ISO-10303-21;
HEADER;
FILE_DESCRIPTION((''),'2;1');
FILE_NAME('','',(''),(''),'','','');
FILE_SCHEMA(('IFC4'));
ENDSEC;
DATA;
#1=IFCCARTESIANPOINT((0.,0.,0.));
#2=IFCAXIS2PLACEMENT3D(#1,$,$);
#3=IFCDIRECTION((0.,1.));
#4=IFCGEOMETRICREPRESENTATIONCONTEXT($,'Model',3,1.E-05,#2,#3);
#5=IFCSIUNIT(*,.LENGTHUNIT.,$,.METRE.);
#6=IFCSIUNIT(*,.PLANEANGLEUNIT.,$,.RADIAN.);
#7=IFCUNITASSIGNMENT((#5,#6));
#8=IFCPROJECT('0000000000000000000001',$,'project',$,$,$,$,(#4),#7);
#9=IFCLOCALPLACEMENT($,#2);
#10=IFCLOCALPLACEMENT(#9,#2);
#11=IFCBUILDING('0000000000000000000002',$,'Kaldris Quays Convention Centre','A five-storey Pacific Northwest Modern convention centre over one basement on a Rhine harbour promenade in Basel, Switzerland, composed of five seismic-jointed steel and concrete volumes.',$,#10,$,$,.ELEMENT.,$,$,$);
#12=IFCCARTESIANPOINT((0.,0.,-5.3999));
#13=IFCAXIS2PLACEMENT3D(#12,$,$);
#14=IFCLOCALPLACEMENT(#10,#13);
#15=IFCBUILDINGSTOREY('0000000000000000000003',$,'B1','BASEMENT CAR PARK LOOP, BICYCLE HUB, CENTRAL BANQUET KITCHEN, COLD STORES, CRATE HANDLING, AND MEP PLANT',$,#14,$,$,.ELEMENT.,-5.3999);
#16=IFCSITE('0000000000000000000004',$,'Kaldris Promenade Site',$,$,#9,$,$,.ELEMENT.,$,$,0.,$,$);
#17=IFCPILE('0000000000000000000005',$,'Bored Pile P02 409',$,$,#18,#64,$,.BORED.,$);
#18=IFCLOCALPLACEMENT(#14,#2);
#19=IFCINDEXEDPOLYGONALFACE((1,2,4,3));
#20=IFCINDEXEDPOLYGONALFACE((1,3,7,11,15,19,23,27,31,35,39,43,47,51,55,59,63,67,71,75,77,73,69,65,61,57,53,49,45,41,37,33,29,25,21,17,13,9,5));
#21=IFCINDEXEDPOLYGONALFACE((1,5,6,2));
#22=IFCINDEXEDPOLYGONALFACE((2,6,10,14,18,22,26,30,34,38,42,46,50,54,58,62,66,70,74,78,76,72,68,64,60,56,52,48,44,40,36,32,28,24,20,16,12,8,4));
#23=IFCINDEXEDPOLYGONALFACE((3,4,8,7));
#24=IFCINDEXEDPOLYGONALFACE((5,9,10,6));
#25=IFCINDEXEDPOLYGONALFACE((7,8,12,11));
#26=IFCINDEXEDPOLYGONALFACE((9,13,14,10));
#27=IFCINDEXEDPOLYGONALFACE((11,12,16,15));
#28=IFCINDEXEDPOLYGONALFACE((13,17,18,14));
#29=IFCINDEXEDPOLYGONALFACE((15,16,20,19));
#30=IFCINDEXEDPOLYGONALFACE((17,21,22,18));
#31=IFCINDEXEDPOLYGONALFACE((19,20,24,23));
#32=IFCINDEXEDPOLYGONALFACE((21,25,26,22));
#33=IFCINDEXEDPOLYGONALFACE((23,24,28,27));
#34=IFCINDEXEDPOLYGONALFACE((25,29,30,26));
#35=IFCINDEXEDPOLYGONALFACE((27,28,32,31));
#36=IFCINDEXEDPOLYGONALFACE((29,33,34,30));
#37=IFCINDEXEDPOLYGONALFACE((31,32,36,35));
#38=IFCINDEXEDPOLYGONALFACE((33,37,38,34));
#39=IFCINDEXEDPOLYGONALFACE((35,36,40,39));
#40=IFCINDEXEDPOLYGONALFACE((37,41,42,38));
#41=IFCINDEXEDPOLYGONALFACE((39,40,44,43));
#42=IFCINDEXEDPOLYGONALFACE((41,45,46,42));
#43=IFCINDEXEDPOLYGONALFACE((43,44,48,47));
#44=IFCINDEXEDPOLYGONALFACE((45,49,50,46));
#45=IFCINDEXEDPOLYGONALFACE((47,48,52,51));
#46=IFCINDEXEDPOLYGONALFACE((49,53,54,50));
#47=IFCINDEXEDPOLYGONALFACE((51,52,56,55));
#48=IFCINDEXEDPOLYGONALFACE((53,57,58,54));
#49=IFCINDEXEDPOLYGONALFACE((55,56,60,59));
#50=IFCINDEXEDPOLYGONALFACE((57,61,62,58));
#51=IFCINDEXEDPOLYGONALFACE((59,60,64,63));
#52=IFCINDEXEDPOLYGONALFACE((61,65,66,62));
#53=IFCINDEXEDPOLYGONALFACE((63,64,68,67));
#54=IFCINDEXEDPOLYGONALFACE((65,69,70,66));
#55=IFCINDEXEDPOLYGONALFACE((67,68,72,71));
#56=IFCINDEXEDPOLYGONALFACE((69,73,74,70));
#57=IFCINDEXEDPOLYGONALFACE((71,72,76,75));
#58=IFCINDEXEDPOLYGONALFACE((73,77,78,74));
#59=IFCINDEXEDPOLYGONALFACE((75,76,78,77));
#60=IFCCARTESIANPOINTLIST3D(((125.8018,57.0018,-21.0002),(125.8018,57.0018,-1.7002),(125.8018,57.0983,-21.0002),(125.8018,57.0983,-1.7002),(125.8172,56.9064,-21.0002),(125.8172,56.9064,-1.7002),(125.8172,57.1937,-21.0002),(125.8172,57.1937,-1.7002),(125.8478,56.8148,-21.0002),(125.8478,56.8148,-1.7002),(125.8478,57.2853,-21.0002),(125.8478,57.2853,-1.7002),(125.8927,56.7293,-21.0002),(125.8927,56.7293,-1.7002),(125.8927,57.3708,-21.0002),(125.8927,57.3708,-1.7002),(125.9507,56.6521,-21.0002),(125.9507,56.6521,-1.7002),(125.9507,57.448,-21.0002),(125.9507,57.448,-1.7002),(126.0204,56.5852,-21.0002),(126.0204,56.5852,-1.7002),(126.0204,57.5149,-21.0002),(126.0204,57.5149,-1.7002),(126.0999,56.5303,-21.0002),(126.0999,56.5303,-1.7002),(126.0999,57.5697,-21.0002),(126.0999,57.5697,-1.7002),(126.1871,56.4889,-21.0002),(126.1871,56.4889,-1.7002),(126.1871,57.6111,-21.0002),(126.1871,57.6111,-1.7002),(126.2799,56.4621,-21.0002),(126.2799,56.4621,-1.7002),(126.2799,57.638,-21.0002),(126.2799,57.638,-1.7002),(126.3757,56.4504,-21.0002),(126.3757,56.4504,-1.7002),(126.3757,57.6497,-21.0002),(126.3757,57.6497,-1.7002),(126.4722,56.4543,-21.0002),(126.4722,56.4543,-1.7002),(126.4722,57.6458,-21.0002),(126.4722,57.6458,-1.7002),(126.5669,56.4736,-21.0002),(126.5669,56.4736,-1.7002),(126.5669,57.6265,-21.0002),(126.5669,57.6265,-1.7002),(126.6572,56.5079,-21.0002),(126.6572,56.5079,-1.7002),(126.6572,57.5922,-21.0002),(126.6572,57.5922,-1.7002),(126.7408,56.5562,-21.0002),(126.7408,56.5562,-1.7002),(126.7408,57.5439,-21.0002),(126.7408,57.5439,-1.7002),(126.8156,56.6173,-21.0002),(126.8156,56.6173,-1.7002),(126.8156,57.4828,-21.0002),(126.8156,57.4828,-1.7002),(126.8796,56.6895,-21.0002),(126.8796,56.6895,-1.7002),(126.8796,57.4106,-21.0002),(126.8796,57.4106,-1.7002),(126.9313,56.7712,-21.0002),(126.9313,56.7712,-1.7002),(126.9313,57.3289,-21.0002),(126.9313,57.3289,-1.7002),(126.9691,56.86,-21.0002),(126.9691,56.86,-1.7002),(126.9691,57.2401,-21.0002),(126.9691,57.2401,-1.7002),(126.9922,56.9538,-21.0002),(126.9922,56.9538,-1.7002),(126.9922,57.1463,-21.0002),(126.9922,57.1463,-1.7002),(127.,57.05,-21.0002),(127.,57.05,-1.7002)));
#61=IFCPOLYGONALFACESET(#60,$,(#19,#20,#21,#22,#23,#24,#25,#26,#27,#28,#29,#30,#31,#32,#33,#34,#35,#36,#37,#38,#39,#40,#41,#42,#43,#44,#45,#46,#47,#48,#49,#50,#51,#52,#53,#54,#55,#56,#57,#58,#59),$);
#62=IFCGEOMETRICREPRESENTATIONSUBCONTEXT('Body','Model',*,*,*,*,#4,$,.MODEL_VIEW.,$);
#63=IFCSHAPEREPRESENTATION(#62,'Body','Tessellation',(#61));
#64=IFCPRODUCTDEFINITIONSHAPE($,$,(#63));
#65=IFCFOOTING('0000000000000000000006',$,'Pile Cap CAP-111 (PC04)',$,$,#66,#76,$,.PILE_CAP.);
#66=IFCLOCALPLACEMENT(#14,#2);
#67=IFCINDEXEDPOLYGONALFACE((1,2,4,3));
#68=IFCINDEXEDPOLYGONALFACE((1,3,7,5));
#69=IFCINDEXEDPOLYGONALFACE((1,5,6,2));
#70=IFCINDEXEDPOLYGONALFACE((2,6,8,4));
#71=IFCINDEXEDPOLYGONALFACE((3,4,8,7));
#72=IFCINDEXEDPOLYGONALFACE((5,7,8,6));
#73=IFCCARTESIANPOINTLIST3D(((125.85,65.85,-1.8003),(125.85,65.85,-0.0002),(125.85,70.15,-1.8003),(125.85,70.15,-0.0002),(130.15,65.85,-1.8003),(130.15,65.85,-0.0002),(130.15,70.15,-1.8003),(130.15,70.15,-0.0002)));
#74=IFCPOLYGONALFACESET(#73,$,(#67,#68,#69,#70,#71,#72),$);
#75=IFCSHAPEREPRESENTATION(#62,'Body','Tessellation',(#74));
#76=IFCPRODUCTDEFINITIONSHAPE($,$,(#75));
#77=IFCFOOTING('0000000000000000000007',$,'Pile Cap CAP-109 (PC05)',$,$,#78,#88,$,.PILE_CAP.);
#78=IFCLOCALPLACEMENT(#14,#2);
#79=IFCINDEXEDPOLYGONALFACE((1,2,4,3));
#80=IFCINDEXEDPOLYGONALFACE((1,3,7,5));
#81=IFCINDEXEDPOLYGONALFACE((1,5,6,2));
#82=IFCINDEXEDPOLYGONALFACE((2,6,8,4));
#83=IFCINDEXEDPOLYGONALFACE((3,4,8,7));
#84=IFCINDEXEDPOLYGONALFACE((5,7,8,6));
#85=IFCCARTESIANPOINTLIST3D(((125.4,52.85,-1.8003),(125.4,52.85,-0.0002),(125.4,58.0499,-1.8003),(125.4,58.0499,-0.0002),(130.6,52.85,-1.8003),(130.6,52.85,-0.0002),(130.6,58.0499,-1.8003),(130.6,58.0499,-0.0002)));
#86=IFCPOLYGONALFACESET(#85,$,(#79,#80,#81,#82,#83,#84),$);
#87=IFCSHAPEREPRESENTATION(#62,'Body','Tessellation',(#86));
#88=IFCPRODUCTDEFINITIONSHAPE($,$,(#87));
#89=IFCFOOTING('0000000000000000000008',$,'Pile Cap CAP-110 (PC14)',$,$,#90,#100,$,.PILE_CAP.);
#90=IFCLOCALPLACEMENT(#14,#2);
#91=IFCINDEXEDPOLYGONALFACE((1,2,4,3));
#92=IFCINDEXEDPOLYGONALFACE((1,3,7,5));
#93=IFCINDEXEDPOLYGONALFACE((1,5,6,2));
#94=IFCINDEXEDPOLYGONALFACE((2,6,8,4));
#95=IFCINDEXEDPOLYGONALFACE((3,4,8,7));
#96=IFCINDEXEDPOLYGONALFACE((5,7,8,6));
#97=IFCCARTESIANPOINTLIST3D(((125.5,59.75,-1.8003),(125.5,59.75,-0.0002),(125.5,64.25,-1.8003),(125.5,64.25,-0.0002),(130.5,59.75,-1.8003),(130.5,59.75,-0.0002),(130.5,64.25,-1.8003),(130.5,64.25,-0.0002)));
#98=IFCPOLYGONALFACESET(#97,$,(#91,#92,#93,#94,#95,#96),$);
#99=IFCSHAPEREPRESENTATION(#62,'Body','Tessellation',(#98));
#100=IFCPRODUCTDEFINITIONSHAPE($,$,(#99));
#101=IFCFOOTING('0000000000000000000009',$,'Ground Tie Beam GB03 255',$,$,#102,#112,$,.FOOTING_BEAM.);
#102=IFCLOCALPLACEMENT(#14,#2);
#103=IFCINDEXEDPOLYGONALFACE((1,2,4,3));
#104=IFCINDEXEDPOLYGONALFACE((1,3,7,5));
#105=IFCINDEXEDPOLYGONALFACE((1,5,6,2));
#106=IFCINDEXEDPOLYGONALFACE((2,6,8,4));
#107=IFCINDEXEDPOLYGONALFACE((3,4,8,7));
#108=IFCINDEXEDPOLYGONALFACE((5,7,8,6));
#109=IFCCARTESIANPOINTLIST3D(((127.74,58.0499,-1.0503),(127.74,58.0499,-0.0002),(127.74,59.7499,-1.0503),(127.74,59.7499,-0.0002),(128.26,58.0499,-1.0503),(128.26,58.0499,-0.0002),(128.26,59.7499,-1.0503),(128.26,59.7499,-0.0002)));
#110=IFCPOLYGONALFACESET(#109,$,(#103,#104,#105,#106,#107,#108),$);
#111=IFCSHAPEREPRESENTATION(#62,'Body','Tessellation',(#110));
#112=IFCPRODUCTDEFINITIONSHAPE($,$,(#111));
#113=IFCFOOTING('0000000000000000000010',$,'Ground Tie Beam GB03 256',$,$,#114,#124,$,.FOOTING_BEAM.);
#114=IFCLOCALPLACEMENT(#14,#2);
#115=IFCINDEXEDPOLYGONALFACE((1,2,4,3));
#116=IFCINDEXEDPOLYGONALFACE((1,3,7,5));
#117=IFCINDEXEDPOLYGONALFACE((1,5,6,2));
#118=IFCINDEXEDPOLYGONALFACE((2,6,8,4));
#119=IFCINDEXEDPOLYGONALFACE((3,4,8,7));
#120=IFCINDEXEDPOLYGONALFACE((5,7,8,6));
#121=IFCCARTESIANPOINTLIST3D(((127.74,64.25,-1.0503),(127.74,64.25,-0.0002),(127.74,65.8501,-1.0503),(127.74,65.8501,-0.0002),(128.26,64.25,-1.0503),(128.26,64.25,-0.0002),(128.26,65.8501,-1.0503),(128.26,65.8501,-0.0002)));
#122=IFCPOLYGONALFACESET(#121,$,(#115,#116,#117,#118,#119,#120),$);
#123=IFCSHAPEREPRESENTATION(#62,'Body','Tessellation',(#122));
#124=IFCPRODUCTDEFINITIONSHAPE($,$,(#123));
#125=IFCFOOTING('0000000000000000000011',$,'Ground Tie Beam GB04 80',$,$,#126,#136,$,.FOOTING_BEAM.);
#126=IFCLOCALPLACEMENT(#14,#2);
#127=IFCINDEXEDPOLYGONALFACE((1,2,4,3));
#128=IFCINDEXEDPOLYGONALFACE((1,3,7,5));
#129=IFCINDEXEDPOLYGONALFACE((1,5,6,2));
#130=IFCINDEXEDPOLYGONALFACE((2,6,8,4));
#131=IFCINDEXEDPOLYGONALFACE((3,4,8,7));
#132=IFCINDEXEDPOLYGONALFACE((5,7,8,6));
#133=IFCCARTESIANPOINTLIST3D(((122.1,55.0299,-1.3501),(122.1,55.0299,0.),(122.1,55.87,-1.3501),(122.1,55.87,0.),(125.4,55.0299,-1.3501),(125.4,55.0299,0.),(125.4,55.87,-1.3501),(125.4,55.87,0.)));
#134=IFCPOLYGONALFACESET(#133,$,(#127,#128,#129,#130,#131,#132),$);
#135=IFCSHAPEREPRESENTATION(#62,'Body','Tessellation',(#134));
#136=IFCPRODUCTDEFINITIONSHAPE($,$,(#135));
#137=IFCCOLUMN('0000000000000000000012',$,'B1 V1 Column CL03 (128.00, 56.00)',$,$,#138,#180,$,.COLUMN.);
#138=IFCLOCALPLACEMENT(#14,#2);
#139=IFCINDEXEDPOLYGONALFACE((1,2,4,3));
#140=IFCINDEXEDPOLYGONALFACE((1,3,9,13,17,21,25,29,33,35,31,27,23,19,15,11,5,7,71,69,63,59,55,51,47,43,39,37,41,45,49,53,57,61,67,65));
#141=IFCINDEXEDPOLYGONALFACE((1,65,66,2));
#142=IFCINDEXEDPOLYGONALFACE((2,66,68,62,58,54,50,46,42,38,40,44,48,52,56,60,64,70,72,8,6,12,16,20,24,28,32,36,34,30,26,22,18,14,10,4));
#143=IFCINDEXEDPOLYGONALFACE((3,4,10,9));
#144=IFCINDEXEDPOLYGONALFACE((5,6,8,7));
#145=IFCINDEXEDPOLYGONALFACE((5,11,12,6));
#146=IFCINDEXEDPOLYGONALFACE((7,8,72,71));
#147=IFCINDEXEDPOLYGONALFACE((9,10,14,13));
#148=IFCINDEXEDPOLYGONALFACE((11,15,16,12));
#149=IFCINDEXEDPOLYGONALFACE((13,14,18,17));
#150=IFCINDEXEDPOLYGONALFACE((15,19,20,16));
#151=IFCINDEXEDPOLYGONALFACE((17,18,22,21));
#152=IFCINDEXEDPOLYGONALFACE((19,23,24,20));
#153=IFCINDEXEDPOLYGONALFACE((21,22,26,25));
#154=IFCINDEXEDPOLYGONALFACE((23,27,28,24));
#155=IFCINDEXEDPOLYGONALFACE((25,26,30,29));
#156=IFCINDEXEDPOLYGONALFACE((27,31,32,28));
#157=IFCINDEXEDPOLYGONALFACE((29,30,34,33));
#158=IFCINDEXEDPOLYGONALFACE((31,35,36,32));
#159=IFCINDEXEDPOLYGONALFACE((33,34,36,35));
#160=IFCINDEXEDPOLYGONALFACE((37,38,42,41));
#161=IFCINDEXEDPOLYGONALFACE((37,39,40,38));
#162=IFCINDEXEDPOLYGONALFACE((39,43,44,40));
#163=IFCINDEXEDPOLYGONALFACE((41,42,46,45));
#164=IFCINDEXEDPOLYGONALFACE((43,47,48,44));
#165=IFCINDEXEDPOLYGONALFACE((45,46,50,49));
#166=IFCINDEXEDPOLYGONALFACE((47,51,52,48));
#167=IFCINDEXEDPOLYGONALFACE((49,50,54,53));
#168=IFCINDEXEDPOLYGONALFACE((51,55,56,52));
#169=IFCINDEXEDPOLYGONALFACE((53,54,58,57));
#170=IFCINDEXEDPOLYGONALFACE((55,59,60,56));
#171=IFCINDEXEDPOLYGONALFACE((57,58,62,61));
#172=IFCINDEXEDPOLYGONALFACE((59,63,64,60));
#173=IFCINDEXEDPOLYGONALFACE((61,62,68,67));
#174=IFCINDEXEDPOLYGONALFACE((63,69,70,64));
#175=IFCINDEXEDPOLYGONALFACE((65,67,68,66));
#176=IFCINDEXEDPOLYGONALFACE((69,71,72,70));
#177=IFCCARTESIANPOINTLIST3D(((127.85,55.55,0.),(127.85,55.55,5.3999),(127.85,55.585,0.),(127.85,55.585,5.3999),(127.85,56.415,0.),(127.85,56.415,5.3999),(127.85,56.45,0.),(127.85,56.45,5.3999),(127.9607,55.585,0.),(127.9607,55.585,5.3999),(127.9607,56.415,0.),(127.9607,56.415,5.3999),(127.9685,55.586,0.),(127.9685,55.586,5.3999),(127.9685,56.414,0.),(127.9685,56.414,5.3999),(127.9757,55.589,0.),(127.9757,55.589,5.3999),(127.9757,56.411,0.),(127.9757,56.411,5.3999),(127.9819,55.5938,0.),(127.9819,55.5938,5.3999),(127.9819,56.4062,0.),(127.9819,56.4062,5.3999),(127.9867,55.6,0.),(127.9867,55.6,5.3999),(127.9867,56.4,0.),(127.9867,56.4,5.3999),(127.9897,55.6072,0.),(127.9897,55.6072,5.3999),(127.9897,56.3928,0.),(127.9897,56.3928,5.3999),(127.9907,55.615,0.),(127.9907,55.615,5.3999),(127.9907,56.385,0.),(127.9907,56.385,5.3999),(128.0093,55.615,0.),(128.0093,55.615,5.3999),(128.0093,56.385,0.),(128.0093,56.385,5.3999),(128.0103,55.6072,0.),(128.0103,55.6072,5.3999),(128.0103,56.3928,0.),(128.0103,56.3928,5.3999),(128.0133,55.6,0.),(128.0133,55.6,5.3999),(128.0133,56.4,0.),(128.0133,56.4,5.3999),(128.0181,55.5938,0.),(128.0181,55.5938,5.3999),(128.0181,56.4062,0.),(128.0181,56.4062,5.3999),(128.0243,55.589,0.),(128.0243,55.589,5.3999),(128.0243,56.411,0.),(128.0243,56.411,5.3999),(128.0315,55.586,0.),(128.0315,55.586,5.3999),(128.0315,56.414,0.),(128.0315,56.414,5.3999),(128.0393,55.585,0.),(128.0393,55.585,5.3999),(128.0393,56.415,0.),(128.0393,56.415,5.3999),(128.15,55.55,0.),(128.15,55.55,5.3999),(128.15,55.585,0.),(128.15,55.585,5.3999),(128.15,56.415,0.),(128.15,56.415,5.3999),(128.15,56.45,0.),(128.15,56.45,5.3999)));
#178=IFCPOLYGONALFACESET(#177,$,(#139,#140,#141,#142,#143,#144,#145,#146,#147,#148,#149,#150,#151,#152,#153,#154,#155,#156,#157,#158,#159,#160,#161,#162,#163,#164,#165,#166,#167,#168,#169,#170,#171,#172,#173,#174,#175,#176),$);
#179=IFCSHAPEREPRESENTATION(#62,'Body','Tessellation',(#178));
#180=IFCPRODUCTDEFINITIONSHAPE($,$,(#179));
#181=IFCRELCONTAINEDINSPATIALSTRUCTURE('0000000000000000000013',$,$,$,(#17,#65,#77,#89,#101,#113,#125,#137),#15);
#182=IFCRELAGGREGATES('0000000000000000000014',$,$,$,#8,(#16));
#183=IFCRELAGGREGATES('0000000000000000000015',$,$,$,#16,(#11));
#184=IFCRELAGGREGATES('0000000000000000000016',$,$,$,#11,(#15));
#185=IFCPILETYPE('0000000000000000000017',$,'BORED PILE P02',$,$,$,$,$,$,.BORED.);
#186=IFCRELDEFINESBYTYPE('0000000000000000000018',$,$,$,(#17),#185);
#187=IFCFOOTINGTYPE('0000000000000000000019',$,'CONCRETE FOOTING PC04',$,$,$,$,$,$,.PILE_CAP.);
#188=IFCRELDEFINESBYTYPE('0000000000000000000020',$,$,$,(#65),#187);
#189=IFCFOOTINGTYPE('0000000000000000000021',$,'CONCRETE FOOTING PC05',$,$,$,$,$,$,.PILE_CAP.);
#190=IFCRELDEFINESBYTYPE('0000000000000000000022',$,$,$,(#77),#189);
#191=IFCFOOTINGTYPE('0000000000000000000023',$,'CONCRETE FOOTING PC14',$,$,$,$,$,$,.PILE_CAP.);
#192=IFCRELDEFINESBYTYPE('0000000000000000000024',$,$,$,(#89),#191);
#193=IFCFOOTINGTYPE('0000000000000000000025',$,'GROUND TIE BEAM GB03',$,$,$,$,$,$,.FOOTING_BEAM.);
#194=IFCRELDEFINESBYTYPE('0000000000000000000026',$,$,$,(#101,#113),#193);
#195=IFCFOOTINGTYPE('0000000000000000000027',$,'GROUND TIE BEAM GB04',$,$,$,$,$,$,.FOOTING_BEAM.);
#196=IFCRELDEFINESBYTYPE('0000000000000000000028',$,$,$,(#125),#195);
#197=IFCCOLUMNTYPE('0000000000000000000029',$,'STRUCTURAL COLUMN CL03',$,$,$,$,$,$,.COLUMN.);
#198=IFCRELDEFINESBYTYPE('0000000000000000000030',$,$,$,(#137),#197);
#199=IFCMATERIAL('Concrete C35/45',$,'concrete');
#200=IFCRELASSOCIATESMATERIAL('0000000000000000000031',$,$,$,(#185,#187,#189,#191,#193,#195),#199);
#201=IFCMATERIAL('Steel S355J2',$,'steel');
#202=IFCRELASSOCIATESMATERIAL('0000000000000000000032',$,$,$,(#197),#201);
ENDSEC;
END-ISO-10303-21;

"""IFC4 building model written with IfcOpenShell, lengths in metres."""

from ifc_helpers import new_model, si_unit, direction, frame, origin, origin_2d, place, context, subcontext, project, spatial, rectangle, circle, i_section, extrude, material, material_profile, profile_set, type_object, element, save


model = new_model("IFC4")

# Units and contexts
model_context = context("Model", 3, precision=1e-05, world=origin(), true_north=direction((0.0, 1.0)))
body_context = subcontext(model_context, "Body", "Model", "MODEL_VIEW")
ifc_project = project(units=[si_unit("LENGTHUNIT", "METRE"), si_unit("PLANEANGLEUNIT", "RADIAN")], contexts=[model_context])

# Site, building, storey
site_placement = place(None, origin())
site = spatial("IfcSite", under=ifc_project, at=site_placement, Name="Kaldris Promenade Site", CompositionType="ELEMENT", RefElevation=0.0)
building_placement = place(site_placement, origin())
building = spatial("IfcBuilding", under=site, at=building_placement, Name="Kaldris Quays Convention Centre", Description="A five-storey Pacific Northwest Modern convention centre over one basement on a Rhine harbour promenade in Basel, Switzerland, composed of five seismic-jointed steel and concrete volumes.", CompositionType="ELEMENT")
storey_placement = place(building_placement, frame((0.0, 0.0, -5.3999)))
storey = spatial("IfcBuildingStorey", under=building, at=storey_placement, Name="B1", Description="BASEMENT CAR PARK LOOP, BICYCLE HUB, CENTRAL BANQUET KITCHEN, COLD STORES, CRATE HANDLING, AND MEP PLANT", CompositionType="ELEMENT", Elevation=-5.3999)

# Pile
ifc_material_1 = material(Name="Concrete C35/45", Category="concrete")
ifc_material_profile_1 = material_profile(ifc_material_1, circle(Radius=0.6001, at=origin_2d()), Name="BORED PILE D1200")
ifc_profile_set_1 = profile_set([ifc_material_profile_1], Name="Concrete C35/45")
pile_type_1 = type_object("IfcPileType", Name="BORED PILE P02", PredefinedType="BORED", material=ifc_profile_set_1)
for number, where, z_axis, x_axis, name in (
    (1, (126.3999, 57.05, -1.7002), (0.0, 0.0, -1.0), (1.0, 0.0, 0.0), "Bored Pile P02 409"),
):
    element("IfcPile", number, at=place(storey_placement, frame(where, z_axis=z_axis, x_axis=x_axis)), inside=storey, type_object=pile_type_1, Name=name, PredefinedType="BORED", context=body_context, shape_type="SweptSolid", body=[
        extrude(circle(Radius=0.6001, at=origin_2d()), origin(), (0.0, 0.0, 1.0), 19.3),
    ])

# Footings
footing_type_1 = type_object("IfcFootingType", Name="CONCRETE FOOTING PC04", PredefinedType="PILE_CAP", material=ifc_material_1)
footing_1_placement = place(storey_placement, frame((128.0, 68.0, -1.8003), z_axis=(0.0, 0.0, 1.0), x_axis=(1.0, 0.0, 0.0)))
element("IfcFooting", 2, at=footing_1_placement, inside=storey, type_object=footing_type_1, Name="Pile Cap CAP-111 (PC04)", PredefinedType="PILE_CAP", context=body_context, shape_type="SweptSolid", body=[
    extrude(rectangle(XDim=4.3, YDim=4.3, at=origin_2d()), origin(), (0.0, 0.0, 1.0), 1.8),
])
footing_type_2 = type_object("IfcFootingType", Name="CONCRETE FOOTING PC05", PredefinedType="PILE_CAP", material=ifc_material_1)
footing_2_placement = place(storey_placement, frame((128.0, 55.45, -1.8003), z_axis=(0.0, 0.0, 1.0), x_axis=(1.0, 0.0, 0.0)))
element("IfcFooting", 3, at=footing_2_placement, inside=storey, type_object=footing_type_2, Name="Pile Cap CAP-109 (PC05)", PredefinedType="PILE_CAP", context=body_context, shape_type="SweptSolid", body=[
    extrude(rectangle(XDim=5.2, YDim=5.2, at=origin_2d()), origin(), (0.0, 0.0, 1.0), 1.8),
])
footing_type_3 = type_object("IfcFootingType", Name="CONCRETE FOOTING PC14", PredefinedType="PILE_CAP", material=ifc_material_1)
footing_3_placement = place(storey_placement, frame((128.0, 62.0, -1.8003), z_axis=(0.0, 0.0, 1.0), x_axis=(1.0, 0.0, 0.0)))
element("IfcFooting", 4, at=footing_3_placement, inside=storey, type_object=footing_type_3, Name="Pile Cap CAP-110 (PC14)", PredefinedType="PILE_CAP", context=body_context, shape_type="SweptSolid", body=[
    extrude(rectangle(XDim=5.0, YDim=4.5, at=origin_2d()), origin(), (0.0, 0.0, 1.0), 1.8),
])
footing_type_4 = type_object("IfcFootingType", Name="GROUND TIE BEAM GB03", PredefinedType="FOOTING_BEAM", material=ifc_material_1)
footing_4_placement = place(storey_placement, frame((128.0, 58.8999, -1.0503), z_axis=(0.0, 0.0, 1.0), x_axis=(1.0, 0.0, 0.0)))
element("IfcFooting", 5, at=footing_4_placement, inside=storey, type_object=footing_type_4, Name="Ground Tie Beam GB03 255", PredefinedType="FOOTING_BEAM", context=body_context, shape_type="SweptSolid", body=[
    extrude(rectangle(XDim=0.52, YDim=1.7, at=origin_2d()), origin(), (0.0, 0.0, 1.0), 1.05),
])
footing_5_placement = place(storey_placement, frame((128.0, 65.05, -1.0503), z_axis=(0.0, 0.0, 1.0), x_axis=(1.0, 0.0, 0.0)))
element("IfcFooting", 6, at=footing_5_placement, inside=storey, type_object=footing_type_4, Name="Ground Tie Beam GB03 256", PredefinedType="FOOTING_BEAM", context=body_context, shape_type="SweptSolid", body=[
    extrude(rectangle(XDim=0.52, YDim=1.6001, at=origin_2d()), origin(), (0.0, 0.0, 1.0), 1.05),
])
footing_type_5 = type_object("IfcFootingType", Name="GROUND TIE BEAM GB04", PredefinedType="FOOTING_BEAM", material=ifc_material_1)
footing_6_placement = place(storey_placement, frame((123.75, 55.45, -1.3501), z_axis=(0.0, 0.0, 1.0), x_axis=(1.0, 0.0, 0.0)))
element("IfcFooting", 7, at=footing_6_placement, inside=storey, type_object=footing_type_5, Name="Ground Tie Beam GB04 80", PredefinedType="FOOTING_BEAM", context=body_context, shape_type="SweptSolid", body=[
    extrude(rectangle(XDim=3.3, YDim=0.8401, at=origin_2d()), origin(), (0.0, 0.0, 1.0), 1.3501),
])

# Column
ifc_material_2 = material(Name="Steel S355J2", Category="steel")
ifc_material_profile_2 = material_profile(ifc_material_2, i_section(OverallWidth=0.3, OverallDepth=0.8999, WebThickness=0.0186, FlangeThickness=0.0349, FilletRadius=0.03, at=origin_2d()), Name="HEB 900")
ifc_profile_set_2 = profile_set([ifc_material_profile_2], Name="Steel S355J2")
column_type_1 = type_object("IfcColumnType", Name="STRUCTURAL COLUMN CL03", PredefinedType="COLUMN", material=ifc_profile_set_2)
column_1_placement = place(storey_placement, frame((128.0, 56.0, 0.0), z_axis=(0.0, 0.0, 1.0), x_axis=(1.0, 0.0, 0.0)))
element("IfcColumn", 8, at=column_1_placement, inside=storey, type_object=column_type_1, Name="B1 V1 Column CL03 (128.00, 56.00)", PredefinedType="COLUMN", context=body_context, shape_type="SweptSolid", body=[
    extrude(i_section(OverallWidth=0.3, OverallDepth=0.8999, WebThickness=0.0186, FlangeThickness=0.0349, FilletRadius=0.03, at=origin_2d()), origin(), (0.0, 0.0, 1.0), 5.3999),
])

save(model, "model.ifc")
